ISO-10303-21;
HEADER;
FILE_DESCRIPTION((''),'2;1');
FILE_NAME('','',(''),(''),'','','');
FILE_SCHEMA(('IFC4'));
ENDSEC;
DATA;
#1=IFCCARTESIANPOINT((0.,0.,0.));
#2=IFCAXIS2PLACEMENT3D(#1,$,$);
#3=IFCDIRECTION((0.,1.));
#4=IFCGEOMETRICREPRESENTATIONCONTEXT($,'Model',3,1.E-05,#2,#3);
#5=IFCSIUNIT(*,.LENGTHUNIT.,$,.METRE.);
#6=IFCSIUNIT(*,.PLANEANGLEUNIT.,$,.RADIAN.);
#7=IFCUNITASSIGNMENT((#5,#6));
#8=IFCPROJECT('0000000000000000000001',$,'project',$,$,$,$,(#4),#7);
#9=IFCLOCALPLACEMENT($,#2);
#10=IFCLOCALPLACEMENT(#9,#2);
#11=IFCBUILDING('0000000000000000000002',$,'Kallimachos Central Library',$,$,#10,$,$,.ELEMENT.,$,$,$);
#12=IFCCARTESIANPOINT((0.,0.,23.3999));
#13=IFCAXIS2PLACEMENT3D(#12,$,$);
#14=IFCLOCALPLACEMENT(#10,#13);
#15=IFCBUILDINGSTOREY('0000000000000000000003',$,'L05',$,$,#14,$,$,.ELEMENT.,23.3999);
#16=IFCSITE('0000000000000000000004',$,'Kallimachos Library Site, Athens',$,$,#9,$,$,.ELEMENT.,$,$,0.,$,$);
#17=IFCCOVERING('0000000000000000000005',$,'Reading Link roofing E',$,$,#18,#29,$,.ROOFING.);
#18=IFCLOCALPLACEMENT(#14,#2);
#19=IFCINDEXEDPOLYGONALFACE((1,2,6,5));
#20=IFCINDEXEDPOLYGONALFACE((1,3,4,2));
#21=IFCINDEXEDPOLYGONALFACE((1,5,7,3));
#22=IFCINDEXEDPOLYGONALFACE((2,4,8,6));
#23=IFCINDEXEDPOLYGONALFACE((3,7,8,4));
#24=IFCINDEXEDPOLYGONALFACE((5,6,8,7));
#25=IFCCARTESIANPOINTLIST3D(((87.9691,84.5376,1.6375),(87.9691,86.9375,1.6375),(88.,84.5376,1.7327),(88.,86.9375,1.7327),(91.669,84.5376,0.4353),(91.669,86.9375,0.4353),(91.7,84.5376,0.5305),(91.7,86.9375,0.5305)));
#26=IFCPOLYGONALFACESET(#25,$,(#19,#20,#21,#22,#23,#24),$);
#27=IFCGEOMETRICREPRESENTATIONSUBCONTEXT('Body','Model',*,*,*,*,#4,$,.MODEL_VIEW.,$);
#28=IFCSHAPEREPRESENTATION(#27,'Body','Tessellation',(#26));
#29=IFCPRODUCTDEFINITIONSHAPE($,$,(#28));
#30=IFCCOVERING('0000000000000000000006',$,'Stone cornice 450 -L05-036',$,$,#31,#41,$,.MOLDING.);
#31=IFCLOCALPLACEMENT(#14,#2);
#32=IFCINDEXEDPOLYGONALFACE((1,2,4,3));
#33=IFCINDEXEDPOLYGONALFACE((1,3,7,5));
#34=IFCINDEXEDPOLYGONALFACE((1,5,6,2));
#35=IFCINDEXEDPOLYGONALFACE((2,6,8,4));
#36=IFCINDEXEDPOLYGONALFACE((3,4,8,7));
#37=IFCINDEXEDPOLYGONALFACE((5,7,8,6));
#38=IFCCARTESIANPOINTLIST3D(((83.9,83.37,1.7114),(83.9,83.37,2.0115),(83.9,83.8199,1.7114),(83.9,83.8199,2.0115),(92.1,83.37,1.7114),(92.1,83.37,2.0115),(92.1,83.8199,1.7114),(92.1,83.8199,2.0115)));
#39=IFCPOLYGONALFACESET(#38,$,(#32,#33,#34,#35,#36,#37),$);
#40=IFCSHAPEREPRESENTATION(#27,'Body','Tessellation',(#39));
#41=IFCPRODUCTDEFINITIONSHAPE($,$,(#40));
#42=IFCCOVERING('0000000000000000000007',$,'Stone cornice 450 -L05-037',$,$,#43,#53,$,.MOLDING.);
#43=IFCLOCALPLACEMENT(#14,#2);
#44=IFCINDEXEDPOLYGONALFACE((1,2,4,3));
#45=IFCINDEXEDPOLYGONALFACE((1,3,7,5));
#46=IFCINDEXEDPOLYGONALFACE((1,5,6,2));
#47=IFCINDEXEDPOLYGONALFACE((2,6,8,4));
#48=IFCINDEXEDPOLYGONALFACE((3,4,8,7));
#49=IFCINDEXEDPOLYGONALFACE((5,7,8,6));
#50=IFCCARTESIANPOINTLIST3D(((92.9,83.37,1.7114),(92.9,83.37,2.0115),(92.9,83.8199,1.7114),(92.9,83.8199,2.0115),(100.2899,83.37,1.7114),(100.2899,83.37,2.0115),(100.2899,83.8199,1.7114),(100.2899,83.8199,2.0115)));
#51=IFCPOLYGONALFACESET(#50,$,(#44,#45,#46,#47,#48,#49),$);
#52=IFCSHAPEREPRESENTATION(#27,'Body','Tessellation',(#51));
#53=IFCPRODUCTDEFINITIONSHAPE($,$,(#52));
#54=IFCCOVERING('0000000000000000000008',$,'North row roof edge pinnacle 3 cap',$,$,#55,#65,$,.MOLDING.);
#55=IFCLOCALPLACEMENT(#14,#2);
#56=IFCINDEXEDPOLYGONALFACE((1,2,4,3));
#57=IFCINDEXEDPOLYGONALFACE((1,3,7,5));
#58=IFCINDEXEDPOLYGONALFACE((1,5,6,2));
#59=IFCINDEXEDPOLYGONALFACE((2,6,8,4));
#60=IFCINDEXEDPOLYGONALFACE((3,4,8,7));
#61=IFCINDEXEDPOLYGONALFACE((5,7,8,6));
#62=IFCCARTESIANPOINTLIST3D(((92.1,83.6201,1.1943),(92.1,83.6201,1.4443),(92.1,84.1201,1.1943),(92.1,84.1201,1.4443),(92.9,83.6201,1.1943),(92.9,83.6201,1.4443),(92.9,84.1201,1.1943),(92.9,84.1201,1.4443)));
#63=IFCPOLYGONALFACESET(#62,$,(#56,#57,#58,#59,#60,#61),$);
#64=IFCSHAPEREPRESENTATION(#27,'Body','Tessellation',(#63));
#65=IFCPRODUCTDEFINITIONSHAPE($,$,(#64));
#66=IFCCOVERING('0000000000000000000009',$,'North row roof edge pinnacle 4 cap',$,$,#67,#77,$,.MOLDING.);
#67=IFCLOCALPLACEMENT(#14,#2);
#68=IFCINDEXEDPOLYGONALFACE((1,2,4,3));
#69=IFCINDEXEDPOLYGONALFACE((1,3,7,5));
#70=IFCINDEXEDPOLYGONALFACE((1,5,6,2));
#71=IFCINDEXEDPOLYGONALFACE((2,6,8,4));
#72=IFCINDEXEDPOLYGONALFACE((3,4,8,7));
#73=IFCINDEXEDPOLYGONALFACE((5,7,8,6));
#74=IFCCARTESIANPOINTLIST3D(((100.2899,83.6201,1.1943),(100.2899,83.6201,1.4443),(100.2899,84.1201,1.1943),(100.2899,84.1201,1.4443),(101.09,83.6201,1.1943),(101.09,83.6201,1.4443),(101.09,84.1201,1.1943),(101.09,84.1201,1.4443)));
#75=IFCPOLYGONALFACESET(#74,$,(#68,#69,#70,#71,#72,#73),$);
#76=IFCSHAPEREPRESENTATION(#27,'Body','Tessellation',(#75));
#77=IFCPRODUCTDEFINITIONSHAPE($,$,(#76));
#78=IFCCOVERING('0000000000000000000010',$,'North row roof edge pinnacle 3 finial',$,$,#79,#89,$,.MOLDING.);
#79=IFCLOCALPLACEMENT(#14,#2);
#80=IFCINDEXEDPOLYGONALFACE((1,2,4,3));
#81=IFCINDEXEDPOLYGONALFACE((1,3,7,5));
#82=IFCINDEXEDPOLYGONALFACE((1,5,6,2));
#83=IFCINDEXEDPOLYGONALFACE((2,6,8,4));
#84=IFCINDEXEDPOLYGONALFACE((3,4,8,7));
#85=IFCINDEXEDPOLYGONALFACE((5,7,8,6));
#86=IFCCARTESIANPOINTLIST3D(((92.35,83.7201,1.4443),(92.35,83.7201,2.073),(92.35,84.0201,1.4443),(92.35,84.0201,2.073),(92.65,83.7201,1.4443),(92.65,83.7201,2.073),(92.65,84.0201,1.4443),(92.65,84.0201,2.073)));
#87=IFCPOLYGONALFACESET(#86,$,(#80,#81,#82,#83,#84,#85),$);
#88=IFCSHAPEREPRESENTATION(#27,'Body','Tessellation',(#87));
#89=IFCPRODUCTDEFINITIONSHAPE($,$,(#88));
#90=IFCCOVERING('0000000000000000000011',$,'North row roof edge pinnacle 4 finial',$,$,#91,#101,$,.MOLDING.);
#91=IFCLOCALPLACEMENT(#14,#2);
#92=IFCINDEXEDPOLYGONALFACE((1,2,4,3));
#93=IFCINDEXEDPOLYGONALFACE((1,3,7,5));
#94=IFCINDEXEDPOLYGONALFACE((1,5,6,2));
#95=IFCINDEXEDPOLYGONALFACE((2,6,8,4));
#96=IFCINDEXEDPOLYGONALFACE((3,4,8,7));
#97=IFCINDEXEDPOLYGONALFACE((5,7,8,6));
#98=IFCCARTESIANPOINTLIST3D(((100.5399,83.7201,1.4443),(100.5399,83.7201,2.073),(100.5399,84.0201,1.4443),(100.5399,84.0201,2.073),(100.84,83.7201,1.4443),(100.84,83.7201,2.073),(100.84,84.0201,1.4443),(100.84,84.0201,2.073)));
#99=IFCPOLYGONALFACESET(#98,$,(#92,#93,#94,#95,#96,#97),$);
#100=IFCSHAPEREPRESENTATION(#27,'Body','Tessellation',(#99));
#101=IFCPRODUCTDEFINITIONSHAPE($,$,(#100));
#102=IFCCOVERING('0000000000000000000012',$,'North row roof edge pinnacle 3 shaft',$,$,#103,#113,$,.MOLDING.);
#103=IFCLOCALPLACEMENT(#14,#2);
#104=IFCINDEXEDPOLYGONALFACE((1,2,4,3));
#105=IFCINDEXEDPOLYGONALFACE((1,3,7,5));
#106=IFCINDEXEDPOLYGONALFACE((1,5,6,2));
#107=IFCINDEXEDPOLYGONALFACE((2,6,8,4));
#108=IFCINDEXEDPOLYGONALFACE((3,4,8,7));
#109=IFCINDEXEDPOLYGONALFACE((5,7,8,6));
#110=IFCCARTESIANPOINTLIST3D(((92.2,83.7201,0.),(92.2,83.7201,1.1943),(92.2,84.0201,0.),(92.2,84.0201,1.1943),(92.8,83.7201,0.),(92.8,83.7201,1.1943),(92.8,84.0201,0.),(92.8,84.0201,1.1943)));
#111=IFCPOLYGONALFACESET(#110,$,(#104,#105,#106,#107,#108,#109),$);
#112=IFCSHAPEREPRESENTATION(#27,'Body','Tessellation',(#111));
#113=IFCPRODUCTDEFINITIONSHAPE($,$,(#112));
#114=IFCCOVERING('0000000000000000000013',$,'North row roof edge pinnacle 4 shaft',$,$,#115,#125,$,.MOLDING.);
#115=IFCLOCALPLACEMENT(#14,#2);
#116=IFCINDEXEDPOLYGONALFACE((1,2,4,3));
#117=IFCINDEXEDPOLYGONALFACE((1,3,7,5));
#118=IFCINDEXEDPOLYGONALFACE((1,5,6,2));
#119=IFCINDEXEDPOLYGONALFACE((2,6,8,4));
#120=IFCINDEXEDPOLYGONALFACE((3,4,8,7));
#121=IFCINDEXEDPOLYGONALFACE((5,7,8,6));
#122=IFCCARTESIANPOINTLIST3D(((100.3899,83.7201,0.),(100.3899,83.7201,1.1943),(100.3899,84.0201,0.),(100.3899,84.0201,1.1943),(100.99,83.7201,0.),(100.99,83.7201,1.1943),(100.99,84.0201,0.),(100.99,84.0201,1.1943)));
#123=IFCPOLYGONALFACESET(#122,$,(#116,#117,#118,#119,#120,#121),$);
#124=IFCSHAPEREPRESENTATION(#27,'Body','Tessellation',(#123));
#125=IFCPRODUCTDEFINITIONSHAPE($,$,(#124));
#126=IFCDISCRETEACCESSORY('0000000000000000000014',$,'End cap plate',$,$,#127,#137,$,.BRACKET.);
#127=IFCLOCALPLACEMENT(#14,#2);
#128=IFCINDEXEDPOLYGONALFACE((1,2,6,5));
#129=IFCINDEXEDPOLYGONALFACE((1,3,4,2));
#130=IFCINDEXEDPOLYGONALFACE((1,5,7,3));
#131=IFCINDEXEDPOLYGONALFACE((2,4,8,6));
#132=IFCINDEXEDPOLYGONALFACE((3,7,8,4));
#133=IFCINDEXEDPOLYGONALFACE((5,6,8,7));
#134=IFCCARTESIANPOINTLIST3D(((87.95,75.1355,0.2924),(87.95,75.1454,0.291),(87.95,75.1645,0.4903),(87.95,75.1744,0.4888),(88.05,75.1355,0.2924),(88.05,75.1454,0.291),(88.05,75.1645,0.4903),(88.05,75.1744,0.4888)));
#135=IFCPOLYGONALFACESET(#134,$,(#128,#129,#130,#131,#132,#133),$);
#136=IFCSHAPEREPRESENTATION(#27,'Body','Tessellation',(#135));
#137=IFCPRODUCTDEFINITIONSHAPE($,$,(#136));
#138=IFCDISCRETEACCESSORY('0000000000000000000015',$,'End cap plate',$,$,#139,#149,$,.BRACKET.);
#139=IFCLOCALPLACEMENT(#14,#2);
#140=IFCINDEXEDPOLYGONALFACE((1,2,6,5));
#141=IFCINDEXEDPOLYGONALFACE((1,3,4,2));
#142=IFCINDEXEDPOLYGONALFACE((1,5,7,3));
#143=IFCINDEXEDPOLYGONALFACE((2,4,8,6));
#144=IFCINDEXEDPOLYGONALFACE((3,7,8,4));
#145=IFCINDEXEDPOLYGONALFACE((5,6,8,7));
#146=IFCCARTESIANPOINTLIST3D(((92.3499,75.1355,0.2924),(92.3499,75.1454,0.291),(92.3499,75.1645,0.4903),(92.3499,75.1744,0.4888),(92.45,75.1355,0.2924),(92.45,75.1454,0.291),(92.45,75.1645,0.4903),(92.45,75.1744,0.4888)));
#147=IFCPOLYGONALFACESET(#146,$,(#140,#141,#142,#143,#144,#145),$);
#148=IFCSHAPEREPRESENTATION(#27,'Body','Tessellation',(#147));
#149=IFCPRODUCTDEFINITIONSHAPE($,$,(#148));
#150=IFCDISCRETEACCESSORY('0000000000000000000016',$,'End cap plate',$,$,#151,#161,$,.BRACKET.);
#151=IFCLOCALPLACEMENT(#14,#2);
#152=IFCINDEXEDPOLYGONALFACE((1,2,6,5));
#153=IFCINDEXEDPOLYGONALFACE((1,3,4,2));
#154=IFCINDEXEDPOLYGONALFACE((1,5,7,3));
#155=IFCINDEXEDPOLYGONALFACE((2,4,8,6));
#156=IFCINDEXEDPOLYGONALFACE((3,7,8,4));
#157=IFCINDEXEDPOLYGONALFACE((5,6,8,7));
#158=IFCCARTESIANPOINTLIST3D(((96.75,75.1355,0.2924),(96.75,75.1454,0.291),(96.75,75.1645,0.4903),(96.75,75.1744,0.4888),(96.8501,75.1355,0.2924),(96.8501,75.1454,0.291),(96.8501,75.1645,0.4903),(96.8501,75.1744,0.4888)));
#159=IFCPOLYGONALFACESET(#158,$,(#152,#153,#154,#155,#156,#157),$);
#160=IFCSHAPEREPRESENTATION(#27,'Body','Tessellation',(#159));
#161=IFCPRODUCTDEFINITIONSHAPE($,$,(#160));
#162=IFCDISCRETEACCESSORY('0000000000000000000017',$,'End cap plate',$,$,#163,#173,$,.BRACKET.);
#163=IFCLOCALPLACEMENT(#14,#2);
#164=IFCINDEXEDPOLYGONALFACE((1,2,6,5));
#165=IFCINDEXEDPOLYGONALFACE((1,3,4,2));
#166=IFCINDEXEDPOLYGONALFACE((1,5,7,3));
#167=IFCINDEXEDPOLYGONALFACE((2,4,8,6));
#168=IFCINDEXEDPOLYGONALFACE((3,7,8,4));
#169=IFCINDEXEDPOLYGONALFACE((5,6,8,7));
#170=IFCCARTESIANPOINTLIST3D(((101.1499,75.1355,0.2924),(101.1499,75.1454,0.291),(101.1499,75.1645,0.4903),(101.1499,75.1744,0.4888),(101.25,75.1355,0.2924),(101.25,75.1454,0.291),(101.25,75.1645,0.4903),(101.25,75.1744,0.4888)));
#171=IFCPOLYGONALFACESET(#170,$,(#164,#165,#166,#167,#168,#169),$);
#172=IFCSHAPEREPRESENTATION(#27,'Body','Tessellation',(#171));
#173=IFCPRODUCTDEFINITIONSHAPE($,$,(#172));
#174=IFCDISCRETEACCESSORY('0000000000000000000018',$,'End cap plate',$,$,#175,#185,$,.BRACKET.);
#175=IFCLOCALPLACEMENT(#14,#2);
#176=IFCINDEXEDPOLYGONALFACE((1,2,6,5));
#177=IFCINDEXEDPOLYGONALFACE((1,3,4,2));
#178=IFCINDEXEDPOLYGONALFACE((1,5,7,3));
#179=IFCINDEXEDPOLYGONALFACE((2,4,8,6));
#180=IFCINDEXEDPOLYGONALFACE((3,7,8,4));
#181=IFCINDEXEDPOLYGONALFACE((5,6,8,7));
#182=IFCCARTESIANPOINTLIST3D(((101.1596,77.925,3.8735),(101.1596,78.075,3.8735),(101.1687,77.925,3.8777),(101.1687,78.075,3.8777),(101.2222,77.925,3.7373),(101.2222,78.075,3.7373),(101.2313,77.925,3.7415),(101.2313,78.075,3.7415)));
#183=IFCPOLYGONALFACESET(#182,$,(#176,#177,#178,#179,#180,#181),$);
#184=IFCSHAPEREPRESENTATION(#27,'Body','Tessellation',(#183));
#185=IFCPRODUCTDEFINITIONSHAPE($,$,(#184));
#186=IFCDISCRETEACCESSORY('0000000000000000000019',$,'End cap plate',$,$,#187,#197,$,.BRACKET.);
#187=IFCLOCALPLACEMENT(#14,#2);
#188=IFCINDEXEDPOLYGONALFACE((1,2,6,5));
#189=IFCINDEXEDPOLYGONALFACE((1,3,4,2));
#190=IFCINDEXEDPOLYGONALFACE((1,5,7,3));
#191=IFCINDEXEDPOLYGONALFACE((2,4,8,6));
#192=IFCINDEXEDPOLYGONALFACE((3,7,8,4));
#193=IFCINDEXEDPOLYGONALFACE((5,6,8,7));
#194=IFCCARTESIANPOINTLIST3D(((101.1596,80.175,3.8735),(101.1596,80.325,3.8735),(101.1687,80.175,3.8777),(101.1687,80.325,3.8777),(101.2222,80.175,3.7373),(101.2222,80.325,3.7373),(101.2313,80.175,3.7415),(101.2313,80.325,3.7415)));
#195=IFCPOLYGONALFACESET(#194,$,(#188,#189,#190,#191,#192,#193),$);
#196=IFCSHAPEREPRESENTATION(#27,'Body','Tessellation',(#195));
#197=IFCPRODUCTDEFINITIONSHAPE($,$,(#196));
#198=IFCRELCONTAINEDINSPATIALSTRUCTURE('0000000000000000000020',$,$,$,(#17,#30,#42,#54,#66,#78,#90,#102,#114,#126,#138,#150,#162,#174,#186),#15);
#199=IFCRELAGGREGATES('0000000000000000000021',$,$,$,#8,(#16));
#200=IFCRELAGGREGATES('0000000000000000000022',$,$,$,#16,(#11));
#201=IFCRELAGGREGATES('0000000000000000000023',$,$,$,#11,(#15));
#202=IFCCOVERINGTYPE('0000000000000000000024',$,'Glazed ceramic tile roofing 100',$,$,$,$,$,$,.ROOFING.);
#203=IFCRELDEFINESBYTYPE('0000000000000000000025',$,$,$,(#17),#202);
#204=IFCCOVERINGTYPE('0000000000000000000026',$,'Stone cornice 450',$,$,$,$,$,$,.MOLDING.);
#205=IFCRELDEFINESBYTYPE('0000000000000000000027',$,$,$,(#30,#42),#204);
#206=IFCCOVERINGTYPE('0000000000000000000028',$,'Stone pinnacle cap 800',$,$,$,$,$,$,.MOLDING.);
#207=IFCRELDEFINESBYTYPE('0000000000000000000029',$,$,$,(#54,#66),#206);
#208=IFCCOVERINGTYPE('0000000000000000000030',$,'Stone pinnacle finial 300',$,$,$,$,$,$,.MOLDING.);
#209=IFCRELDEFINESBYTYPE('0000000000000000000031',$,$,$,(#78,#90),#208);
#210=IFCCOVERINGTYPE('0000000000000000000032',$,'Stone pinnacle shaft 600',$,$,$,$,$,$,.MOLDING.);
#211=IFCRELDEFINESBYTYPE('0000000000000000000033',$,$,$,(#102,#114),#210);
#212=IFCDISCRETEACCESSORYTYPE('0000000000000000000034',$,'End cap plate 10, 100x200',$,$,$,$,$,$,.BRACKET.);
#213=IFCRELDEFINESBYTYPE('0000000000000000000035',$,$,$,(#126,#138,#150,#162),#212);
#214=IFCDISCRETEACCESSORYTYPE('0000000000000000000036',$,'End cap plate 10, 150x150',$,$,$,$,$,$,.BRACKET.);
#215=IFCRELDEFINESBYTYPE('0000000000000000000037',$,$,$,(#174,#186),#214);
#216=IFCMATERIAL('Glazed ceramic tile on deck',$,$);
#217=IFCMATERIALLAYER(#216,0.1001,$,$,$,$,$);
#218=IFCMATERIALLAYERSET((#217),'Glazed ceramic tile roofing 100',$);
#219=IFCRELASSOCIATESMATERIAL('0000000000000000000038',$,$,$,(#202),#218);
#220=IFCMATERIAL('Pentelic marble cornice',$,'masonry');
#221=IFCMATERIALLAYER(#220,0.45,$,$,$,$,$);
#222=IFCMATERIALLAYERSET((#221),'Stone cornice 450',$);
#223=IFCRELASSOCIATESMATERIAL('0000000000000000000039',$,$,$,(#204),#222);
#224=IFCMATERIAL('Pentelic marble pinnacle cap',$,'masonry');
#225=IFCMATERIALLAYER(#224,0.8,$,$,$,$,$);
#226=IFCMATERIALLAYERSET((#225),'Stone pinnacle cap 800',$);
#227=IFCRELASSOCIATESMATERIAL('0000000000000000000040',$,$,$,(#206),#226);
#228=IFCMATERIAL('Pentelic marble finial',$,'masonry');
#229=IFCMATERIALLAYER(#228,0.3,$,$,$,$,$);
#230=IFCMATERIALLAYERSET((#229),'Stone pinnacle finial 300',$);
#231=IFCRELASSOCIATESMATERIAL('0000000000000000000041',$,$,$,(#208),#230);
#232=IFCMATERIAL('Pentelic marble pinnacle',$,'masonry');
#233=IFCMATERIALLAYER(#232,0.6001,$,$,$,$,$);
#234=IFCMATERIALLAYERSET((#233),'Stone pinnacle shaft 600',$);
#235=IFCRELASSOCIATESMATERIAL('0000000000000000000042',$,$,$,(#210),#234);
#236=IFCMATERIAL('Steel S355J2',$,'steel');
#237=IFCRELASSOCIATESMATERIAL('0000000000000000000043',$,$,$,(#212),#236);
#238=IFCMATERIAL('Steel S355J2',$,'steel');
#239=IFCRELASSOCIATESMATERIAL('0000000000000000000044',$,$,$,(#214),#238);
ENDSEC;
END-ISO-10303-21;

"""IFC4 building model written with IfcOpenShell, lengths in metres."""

from ifc_helpers import new_model, si_unit, direction, frame, origin, origin_2d, place, context, subcontext, project, spatial, polyline, rectangle, outline, extrude, material, layer, layer_set, material_profile, profile_set, type_object, element, save


model = new_model("IFC4")

# Units and contexts
model_context = context("Model", 3, precision=1e-05, world=origin(), true_north=direction((0.0, 1.0)))
body_context = subcontext(model_context, "Body", "Model", "MODEL_VIEW")
ifc_project = project(units=[si_unit("LENGTHUNIT", "METRE"), si_unit("PLANEANGLEUNIT", "RADIAN")], contexts=[model_context])

# Site, building, storey
site_placement = place(None, origin())
site = spatial("IfcSite", under=ifc_project, at=site_placement, Name="Kallimachos Library Site, Athens", CompositionType="ELEMENT", RefElevation=0.0)
building_placement = place(site_placement, origin())
building = spatial("IfcBuilding", under=site, at=building_placement, Name="Kallimachos Central Library", CompositionType="ELEMENT")
storey_placement = place(building_placement, frame((0.0, 0.0, 23.3999)))
storey = spatial("IfcBuildingStorey", under=building, at=storey_placement, Name="L05", CompositionType="ELEMENT", Elevation=23.3999)

# Coverings
ifc_material_1 = material(Name="Glazed ceramic tile on deck")
ifc_layer_1 = layer(ifc_material_1, 0.1001)
ifc_layer_set_1 = layer_set([ifc_layer_1], Name="Glazed ceramic tile roofing 100")
covering_type_1 = type_object("IfcCoveringType", Name="Glazed ceramic tile roofing 100", PredefinedType="ROOFING", material=ifc_layer_set_1)
covering_1_placement = place(storey_placement, frame((91.7, 84.5376, 0.5305), z_axis=(0.309008, 0.0, 0.951059), x_axis=(-0.951059, 0.0, 0.309008)))
element("IfcCovering", 1, at=covering_1_placement, inside=storey, type_object=covering_type_1, Name="Reading Link roofing E", PredefinedType="ROOFING", context=body_context, shape_type="SweptSolid", body=[
    extrude(outline(polyline([(0.0, 0.0), (3.8903, 0.0), (3.8903, -2.3999), (0.0, -2.3999), (0.0, 0.0)])), origin(), (0.0, 0.0, -1.0), 0.1001),
])
ifc_material_2 = material(Name="Pentelic marble cornice", Category="masonry")
ifc_layer_2 = layer(ifc_material_2, 0.45)
ifc_layer_set_2 = layer_set([ifc_layer_2], Name="Stone cornice 450")
covering_type_2 = type_object("IfcCoveringType", Name="Stone cornice 450", PredefinedType="MOLDING", material=ifc_layer_set_2)
covering_2_placement = place(storey_placement, frame((88.0, 83.595, 1.7114), z_axis=(0.0, 0.0, 1.0), x_axis=(1.0, 0.0, 0.0)))
element("IfcCovering", 2, at=covering_2_placement, inside=storey, type_object=covering_type_2, Name="Stone cornice 450 -L05-036", PredefinedType="MOLDING", context=body_context, shape_type="SweptSolid", body=[
    extrude(rectangle(XDim=8.2, YDim=0.45, at=origin_2d()), origin(), (0.0, 0.0, 1.0), 0.3),
])
covering_3_placement = place(storey_placement, frame((96.595, 83.595, 1.7114), z_axis=(0.0, 0.0, 1.0), x_axis=(1.0, 0.0, 0.0)))
element("IfcCovering", 3, at=covering_3_placement, inside=storey, type_object=covering_type_2, Name="Stone cornice 450 -L05-037", PredefinedType="MOLDING", context=body_context, shape_type="SweptSolid", body=[
    extrude(rectangle(XDim=7.3899, YDim=0.45, at=origin_2d()), origin(), (0.0, 0.0, 1.0), 0.3),
])
ifc_material_3 = material(Name="Pentelic marble pinnacle cap", Category="masonry")
ifc_layer_3 = layer(ifc_material_3, 0.8)
ifc_layer_set_3 = layer_set([ifc_layer_3], Name="Stone pinnacle cap 800")
covering_type_3 = type_object("IfcCoveringType", Name="Stone pinnacle cap 800", PredefinedType="MOLDING", material=ifc_layer_set_3)
for number, where, z_axis, x_axis, name in (
    (4, (92.5, 83.8701, 1.1943), (0.0, 0.0, 1.0), (1.0, 0.0, 0.0), "North row roof edge pinnacle 3 cap"),
    (5, (100.6899, 83.8701, 1.1943), (0.0, 0.0, 1.0), (1.0, 0.0, 0.0), "North row roof edge pinnacle 4 cap"),
):
    element("IfcCovering", number, at=place(storey_placement, frame(where, z_axis=z_axis, x_axis=x_axis)), inside=storey, type_object=covering_type_3, Name=name, PredefinedType="MOLDING", context=body_context, shape_type="SweptSolid", body=[
        extrude(rectangle(XDim=0.8, YDim=0.5, at=origin_2d()), origin(), (0.0, 0.0, 1.0), 0.25),
    ])
ifc_material_4 = material(Name="Pentelic marble finial", Category="masonry")
ifc_layer_4 = layer(ifc_material_4, 0.3)
ifc_layer_set_4 = layer_set([ifc_layer_4], Name="Stone pinnacle finial 300")
covering_type_4 = type_object("IfcCoveringType", Name="Stone pinnacle finial 300", PredefinedType="MOLDING", material=ifc_layer_set_4)
for number, where, z_axis, x_axis, name in (
    (6, (92.5, 83.8701, 1.4443), (0.0, 0.0, 1.0), (1.0, 0.0, 0.0), "North row roof edge pinnacle 3 finial"),
    (7, (100.6899, 83.8701, 1.4443), (0.0, 0.0, 1.0), (1.0, 0.0, 0.0), "North row roof edge pinnacle 4 finial"),
):
    element("IfcCovering", number, at=place(storey_placement, frame(where, z_axis=z_axis, x_axis=x_axis)), inside=storey, type_object=covering_type_4, Name=name, PredefinedType="MOLDING", context=body_context, shape_type="SweptSolid", body=[
        extrude(rectangle(XDim=0.3, YDim=0.3, at=origin_2d()), origin(), (0.0, 0.0, 1.0), 0.6287),
    ])
ifc_material_5 = material(Name="Pentelic marble pinnacle", Category="masonry")
ifc_layer_5 = layer(ifc_material_5, 0.6001)
ifc_layer_set_5 = layer_set([ifc_layer_5], Name="Stone pinnacle shaft 600")
covering_type_5 = type_object("IfcCoveringType", Name="Stone pinnacle shaft 600", PredefinedType="MOLDING", material=ifc_layer_set_5)
for number, where, z_axis, x_axis, name in (
    (8, (92.5, 83.8701, 0.0), (0.0, 0.0, 1.0), (1.0, 0.0, 0.0), "North row roof edge pinnacle 3 shaft"),
    (9, (100.6899, 83.8701, 0.0), (0.0, 0.0, 1.0), (1.0, 0.0, 0.0), "North row roof edge pinnacle 4 shaft"),
):
    element("IfcCovering", number, at=place(storey_placement, frame(where, z_axis=z_axis, x_axis=x_axis)), inside=storey, type_object=covering_type_5, Name=name, PredefinedType="MOLDING", context=body_context, shape_type="SweptSolid", body=[
        extrude(rectangle(XDim=0.6001, YDim=0.3, at=origin_2d()), origin(), (0.0, 0.0, 1.0), 1.1943),
    ])

# Discrete accessories
ifc_material_6 = material(Name="Steel S355J2", Category="steel")
ifc_material_profile_1 = material_profile(ifc_material_6, rectangle(XDim=0.1001, YDim=0.2, at=origin_2d()), Name="End cap plate 10, 100x200")
ifc_profile_set_1 = profile_set([ifc_material_profile_1], Name="Steel S355J2")
discrete_accessory_type_1 = type_object("IfcDiscreteAccessoryType", Name="End cap plate 10, 100x200", PredefinedType="BRACKET", material=ifc_profile_set_1)
for number, where, z_axis, x_axis, name in (
    (10, (88.0, 75.1599, 0.3899), (0.0, -0.989461, 0.144799), (1.0, 0.0, 0.0), "End cap plate"),
    (11, (92.3999, 75.1599, 0.3899), (0.0, -0.989461, 0.144799), (1.0, 0.0, 0.0), "End cap plate"),
    (12, (96.8, 75.1599, 0.3899), (0.0, -0.989461, 0.144799), (1.0, 0.0, 0.0), "End cap plate"),
    (13, (101.2, 75.1599, 0.3899), (0.0, -0.989461, 0.144799), (1.0, 0.0, 0.0), "End cap plate"),
):
    element("IfcDiscreteAccessory", number, at=place(storey_placement, frame(where, z_axis=z_axis, x_axis=x_axis)), inside=storey, type_object=discrete_accessory_type_1, Name=name, PredefinedType="BRACKET", context=body_context, shape_type="SweptSolid", body=[
        extrude(rectangle(XDim=0.1001, YDim=0.2, at=origin_2d()), origin(), (0.0, 0.0, 1.0), 0.01),
    ])
ifc_material_7 = material(Name="Steel S355J2", Category="steel")
ifc_material_profile_2 = material_profile(ifc_material_7, rectangle(XDim=0.1499, YDim=0.1499, at=origin_2d()), Name="End cap plate 10, 150x150")
ifc_profile_set_2 = profile_set([ifc_material_profile_2], Name="Steel S355J2")
discrete_accessory_type_2 = type_object("IfcDiscreteAccessoryType", Name="End cap plate 10, 150x150", PredefinedType="BRACKET", material=ifc_profile_set_2)
for number, where, z_axis, x_axis, name in (
    (14, (101.1909, 78.0, 3.8054), (0.908677, 0.0, 0.4175), (0.0, 1.0, 0.0), "End cap plate"),
    (15, (101.1909, 80.25, 3.8054), (0.908677, 0.0, 0.4175), (0.0, 1.0, 0.0), "End cap plate"),
):
    element("IfcDiscreteAccessory", number, at=place(storey_placement, frame(where, z_axis=z_axis, x_axis=x_axis)), inside=storey, type_object=discrete_accessory_type_2, Name=name, PredefinedType="BRACKET", context=body_context, shape_type="SweptSolid", body=[
        extrude(rectangle(XDim=0.1499, YDim=0.1499, at=origin_2d()), origin(), (0.0, 0.0, 1.0), 0.01),
    ])

save(model, "model.ifc")
